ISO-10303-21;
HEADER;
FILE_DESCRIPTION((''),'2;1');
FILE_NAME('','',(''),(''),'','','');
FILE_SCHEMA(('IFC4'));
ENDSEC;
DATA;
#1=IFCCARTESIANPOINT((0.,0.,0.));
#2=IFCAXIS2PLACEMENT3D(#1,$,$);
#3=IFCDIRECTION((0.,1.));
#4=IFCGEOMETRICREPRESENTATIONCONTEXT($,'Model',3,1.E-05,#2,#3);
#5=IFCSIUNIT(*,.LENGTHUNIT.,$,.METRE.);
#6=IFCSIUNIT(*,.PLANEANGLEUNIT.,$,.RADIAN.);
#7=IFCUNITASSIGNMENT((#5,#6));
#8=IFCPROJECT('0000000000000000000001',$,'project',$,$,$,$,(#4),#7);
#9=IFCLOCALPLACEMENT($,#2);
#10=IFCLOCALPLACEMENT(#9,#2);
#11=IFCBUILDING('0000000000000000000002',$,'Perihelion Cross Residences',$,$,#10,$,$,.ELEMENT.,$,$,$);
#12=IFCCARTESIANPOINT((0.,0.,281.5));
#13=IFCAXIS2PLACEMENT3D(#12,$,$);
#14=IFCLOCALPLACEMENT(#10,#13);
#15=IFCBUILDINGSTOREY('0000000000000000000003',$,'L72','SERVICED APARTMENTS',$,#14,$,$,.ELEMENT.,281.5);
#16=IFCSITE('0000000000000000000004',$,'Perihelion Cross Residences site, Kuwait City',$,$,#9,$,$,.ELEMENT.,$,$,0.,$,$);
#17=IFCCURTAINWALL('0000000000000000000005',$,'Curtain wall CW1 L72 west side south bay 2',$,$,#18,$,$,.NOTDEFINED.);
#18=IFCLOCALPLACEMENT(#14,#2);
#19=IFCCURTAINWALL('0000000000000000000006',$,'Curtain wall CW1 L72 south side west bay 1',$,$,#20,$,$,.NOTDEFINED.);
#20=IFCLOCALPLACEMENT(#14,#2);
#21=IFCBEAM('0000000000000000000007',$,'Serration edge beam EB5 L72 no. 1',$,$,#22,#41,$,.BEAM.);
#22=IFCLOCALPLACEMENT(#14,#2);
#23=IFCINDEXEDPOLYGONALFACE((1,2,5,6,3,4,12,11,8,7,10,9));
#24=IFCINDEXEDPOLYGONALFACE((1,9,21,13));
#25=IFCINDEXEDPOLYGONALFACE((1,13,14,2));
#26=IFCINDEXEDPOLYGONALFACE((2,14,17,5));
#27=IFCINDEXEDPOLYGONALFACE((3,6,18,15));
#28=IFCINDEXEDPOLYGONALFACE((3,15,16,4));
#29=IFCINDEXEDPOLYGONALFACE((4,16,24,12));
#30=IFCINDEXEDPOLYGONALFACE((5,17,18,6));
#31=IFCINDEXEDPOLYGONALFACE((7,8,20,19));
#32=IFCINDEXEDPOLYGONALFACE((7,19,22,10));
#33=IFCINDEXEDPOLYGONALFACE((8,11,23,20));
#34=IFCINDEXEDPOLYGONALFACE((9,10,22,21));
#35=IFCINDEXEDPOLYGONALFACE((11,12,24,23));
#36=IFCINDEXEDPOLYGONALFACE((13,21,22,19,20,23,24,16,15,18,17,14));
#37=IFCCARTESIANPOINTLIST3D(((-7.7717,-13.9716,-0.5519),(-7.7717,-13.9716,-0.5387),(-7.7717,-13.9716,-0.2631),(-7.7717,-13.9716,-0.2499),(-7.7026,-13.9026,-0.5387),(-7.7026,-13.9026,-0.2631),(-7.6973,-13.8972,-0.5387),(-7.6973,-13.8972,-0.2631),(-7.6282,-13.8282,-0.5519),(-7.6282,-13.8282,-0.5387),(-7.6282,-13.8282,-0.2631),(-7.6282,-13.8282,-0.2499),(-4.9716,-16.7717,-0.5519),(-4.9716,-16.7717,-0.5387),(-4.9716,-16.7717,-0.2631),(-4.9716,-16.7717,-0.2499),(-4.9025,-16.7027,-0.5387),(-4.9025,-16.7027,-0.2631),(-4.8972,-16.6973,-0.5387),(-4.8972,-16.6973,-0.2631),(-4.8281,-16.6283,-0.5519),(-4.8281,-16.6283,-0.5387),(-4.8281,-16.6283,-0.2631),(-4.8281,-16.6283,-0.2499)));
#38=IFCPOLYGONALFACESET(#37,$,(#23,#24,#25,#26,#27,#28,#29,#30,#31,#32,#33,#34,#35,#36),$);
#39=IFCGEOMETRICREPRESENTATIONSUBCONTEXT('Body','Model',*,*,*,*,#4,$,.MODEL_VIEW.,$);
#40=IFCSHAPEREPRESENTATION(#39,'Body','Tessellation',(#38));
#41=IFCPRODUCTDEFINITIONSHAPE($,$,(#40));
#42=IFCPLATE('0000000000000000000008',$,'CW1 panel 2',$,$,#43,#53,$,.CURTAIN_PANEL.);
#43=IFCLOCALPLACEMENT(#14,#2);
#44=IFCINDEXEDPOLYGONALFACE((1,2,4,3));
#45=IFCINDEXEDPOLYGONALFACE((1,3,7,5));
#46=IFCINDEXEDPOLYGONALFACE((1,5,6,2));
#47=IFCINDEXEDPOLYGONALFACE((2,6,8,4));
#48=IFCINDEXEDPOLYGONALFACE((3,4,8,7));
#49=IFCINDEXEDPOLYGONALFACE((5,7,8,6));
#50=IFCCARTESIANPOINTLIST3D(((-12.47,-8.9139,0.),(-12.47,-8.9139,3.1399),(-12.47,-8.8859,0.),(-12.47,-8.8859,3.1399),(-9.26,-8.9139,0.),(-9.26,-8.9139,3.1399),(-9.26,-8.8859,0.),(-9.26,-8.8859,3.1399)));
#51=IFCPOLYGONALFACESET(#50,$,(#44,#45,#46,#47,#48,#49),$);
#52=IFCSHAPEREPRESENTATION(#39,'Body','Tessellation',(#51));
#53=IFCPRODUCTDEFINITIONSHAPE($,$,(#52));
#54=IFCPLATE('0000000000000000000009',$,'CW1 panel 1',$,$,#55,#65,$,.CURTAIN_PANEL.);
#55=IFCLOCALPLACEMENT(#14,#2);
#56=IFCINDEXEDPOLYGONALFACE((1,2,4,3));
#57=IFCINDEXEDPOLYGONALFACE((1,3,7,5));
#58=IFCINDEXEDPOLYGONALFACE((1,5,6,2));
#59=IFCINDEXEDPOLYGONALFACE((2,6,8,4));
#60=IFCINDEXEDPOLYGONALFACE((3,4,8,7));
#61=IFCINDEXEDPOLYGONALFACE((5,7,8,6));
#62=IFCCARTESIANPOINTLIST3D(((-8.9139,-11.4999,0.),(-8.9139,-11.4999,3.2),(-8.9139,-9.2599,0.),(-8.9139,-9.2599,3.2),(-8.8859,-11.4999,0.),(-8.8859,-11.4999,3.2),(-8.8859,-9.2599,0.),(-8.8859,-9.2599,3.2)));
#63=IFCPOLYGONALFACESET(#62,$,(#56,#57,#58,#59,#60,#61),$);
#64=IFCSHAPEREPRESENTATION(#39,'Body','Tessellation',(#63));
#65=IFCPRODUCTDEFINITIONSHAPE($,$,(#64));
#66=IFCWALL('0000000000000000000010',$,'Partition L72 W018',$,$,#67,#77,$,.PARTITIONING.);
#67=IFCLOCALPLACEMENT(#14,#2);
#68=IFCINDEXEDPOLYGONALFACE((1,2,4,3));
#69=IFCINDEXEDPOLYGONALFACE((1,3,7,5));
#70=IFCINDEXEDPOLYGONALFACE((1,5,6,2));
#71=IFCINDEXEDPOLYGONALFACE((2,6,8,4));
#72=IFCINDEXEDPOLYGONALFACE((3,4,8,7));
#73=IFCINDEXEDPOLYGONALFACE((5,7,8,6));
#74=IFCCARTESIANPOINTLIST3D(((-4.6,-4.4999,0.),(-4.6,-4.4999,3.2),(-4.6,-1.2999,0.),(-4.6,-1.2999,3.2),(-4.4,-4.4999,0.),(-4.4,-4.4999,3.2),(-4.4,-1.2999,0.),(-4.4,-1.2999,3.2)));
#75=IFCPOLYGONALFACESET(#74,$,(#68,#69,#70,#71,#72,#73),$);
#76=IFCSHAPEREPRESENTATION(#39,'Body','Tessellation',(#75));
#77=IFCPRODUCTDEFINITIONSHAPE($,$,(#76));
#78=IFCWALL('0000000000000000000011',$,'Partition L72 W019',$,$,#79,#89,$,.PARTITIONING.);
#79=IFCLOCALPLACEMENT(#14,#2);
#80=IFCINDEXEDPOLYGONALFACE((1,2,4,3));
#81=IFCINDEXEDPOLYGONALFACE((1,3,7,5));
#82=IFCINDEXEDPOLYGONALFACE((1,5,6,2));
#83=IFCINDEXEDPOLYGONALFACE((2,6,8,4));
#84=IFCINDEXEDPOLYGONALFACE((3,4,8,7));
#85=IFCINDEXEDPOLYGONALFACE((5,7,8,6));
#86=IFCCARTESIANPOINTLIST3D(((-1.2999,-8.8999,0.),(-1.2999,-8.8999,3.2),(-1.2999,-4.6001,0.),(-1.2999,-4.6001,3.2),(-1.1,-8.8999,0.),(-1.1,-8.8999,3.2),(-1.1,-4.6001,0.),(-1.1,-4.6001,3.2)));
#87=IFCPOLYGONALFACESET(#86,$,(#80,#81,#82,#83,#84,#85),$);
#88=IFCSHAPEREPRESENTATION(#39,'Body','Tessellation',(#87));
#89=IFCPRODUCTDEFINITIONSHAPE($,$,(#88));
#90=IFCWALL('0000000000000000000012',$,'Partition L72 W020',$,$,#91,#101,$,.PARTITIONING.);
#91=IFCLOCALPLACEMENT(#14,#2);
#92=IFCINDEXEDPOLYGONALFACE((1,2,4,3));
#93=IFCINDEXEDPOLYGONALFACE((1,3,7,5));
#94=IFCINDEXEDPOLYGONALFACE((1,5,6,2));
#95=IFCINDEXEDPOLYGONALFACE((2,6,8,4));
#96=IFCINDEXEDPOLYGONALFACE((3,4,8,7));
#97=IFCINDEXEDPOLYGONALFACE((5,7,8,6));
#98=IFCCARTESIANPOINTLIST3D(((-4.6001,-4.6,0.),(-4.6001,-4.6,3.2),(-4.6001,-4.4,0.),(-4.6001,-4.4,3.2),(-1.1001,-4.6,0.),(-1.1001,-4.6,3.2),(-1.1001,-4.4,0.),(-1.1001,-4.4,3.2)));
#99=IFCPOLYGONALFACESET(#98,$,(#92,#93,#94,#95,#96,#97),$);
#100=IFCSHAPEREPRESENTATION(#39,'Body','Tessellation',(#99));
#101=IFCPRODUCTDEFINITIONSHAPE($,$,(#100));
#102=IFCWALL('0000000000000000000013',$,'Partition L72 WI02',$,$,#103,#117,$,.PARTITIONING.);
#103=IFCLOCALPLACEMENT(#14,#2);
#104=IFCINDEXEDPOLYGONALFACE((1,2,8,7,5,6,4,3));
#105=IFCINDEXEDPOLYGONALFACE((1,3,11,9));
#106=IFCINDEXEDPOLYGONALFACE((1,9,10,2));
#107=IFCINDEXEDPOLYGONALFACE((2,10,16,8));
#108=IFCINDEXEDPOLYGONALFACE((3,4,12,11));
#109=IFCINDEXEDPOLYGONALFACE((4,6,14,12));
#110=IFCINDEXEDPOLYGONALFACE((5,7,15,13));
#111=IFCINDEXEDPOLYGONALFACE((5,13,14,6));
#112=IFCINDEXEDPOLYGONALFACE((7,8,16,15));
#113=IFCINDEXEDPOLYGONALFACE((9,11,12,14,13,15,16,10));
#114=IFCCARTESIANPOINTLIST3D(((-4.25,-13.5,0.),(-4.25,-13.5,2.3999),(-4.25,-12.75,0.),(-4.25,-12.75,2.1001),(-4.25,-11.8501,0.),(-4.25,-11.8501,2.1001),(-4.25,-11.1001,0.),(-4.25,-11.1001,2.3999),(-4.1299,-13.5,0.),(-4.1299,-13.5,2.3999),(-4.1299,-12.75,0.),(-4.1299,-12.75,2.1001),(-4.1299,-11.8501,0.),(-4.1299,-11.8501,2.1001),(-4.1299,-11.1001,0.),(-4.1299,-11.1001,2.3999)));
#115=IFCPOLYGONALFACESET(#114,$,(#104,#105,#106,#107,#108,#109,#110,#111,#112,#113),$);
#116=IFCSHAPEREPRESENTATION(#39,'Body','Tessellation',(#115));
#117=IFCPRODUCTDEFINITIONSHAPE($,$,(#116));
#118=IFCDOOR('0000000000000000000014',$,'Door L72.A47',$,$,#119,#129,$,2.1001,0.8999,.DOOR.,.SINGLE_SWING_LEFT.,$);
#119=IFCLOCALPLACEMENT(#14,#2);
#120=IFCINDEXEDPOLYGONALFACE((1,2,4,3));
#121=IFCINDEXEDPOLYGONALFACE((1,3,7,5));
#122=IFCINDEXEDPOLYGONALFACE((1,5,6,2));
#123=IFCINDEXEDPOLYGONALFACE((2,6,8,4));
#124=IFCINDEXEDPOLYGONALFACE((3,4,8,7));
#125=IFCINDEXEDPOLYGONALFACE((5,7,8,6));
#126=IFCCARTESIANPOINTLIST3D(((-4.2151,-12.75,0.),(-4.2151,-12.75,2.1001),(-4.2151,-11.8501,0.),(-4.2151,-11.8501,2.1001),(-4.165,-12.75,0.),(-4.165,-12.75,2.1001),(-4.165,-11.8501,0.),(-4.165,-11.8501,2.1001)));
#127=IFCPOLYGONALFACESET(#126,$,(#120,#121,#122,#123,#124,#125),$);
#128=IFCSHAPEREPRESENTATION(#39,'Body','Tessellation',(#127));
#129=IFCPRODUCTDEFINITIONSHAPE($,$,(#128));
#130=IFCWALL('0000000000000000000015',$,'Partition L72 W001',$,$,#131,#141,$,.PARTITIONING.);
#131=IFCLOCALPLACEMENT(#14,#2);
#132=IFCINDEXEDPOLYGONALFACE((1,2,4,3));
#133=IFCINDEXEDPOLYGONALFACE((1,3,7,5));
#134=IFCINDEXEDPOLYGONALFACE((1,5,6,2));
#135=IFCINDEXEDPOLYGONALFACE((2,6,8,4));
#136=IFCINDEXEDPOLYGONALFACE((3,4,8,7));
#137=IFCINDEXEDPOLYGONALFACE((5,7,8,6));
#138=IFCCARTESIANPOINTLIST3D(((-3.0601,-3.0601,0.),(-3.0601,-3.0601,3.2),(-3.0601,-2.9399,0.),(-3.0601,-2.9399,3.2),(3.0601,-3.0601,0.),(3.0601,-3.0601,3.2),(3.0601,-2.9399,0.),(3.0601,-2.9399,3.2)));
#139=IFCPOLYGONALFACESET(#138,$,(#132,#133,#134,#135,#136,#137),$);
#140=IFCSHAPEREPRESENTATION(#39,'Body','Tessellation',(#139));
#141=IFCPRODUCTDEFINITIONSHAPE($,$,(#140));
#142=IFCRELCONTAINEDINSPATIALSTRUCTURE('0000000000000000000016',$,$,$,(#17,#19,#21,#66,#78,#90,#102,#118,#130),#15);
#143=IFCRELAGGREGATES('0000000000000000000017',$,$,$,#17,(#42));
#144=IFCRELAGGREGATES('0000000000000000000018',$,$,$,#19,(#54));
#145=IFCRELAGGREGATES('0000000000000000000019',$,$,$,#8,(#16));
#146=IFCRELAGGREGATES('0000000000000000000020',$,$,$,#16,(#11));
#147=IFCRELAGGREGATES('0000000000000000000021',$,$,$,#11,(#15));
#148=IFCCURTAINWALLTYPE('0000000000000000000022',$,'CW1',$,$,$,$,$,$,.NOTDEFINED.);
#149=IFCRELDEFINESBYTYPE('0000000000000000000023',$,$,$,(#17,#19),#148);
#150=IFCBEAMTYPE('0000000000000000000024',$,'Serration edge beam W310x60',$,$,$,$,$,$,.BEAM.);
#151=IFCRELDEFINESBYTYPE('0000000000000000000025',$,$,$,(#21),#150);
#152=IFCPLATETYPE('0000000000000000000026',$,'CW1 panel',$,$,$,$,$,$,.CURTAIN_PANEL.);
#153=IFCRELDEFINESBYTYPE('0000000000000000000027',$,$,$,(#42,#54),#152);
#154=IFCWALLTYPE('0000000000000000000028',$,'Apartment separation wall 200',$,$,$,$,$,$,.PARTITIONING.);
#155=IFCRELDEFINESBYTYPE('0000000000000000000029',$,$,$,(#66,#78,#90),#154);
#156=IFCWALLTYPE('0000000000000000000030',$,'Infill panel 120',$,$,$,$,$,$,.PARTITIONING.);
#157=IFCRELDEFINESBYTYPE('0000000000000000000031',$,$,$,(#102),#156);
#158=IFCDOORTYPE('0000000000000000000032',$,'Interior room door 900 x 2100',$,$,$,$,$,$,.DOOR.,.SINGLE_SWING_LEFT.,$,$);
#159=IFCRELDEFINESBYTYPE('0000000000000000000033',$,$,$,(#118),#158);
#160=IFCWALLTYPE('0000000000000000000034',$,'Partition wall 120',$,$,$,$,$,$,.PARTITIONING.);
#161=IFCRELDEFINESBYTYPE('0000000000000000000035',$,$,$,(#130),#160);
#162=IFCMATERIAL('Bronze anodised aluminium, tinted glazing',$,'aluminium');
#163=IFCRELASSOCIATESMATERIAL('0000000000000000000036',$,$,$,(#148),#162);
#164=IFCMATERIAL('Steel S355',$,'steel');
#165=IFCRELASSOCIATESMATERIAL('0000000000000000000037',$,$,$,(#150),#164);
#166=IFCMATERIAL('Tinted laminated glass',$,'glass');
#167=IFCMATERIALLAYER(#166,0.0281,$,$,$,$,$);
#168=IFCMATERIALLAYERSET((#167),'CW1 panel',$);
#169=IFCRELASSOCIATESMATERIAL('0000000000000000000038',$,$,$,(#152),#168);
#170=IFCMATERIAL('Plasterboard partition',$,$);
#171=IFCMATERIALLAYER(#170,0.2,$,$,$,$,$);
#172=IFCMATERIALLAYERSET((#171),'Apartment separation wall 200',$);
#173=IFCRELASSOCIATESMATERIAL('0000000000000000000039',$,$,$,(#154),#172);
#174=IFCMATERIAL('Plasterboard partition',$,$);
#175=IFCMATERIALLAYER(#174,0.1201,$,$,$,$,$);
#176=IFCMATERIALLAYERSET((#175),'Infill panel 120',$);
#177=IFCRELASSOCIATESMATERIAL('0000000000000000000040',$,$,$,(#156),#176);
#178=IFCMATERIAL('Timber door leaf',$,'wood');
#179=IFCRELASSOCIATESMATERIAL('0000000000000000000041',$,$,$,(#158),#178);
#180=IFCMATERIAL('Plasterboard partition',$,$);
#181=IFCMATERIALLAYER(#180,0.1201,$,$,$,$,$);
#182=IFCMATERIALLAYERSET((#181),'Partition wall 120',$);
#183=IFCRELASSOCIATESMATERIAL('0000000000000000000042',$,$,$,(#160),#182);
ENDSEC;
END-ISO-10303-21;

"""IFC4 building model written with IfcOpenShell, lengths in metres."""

from ifc_helpers import new_model, si_unit, direction, frame, frame_2d, origin, origin_2d, place, context, subcontext, project, spatial, rectangle, i_section, extrude, material, layer, layer_set, material_profile, profile_set, type_object, element, fill, aggregate, save


model = new_model("IFC4")

# Units and contexts
model_context = context("Model", 3, precision=1e-05, world=origin(), true_north=direction((0.0, 1.0)))
body_context = subcontext(model_context, "Body", "Model", "MODEL_VIEW")
ifc_project = project(units=[si_unit("LENGTHUNIT", "METRE"), si_unit("PLANEANGLEUNIT", "RADIAN")], contexts=[model_context])

# Site, building, storey
site_placement = place(None, origin())
site = spatial("IfcSite", under=ifc_project, at=site_placement, Name="Perihelion Cross Residences site, Kuwait City", CompositionType="ELEMENT", RefElevation=0.0)
building_placement = place(site_placement, origin())
building = spatial("IfcBuilding", under=site, at=building_placement, Name="Perihelion Cross Residences", CompositionType="ELEMENT")
storey_placement = place(building_placement, frame((0.0, 0.0, 281.5)))
storey = spatial("IfcBuildingStorey", under=building, at=storey_placement, Name="L72", Description="SERVICED APARTMENTS", CompositionType="ELEMENT", Elevation=281.5)

# Curtain walls
ifc_material_1 = material(Name="Bronze anodised aluminium, tinted glazing", Category="aluminium")
curtain_wall_type = type_object("IfcCurtainWallType", Name="CW1", PredefinedType="NOTDEFINED", material=ifc_material_1)
curtain_wall_1_placement = place(storey_placement, origin())
curtain_wall_1 = element("IfcCurtainWall", 1, at=curtain_wall_1_placement, inside=storey, type_object=curtain_wall_type, Name="Curtain wall CW1 L72 west side south bay 2", PredefinedType="NOTDEFINED")
curtain_wall_2_placement = place(storey_placement, origin())
curtain_wall_2 = element("IfcCurtainWall", 2, at=curtain_wall_2_placement, inside=storey, type_object=curtain_wall_type, Name="Curtain wall CW1 L72 south side west bay 1", PredefinedType="NOTDEFINED")

# Beam
ifc_material_2 = material(Name="Steel S355", Category="steel")
ifc_material_profile_1 = material_profile(ifc_material_2, i_section(OverallWidth=0.2029, OverallDepth=0.302, WebThickness=0.0076, FlangeThickness=0.0132, at=origin_2d()), Name="W310x60")
ifc_profile_set_1 = profile_set([ifc_material_profile_1], Name="Steel S355")
beam_type_1 = type_object("IfcBeamType", Name="Serration edge beam W310x60", PredefinedType="BEAM", material=ifc_profile_set_1)
beam_1_placement = place(storey_placement, frame((-7.7, -13.8999, -0.4009), z_axis=(0.707107, -0.707107, 0.0), x_axis=(0.707107, 0.707107, 0.0)))
element("IfcBeam", 3, at=beam_1_placement, inside=storey, type_object=beam_type_1, Name="Serration edge beam EB5 L72 no. 1", PredefinedType="BEAM", context=body_context, shape_type="SweptSolid", body=[
    extrude(i_section(OverallWidth=0.2029, OverallDepth=0.302, WebThickness=0.0076, FlangeThickness=0.0132, at=origin_2d()), origin(), (0.0, 0.0, 1.0), 3.96),
])

# Plates
ifc_material_3 = material(Name="Tinted laminated glass", Category="glass")
ifc_layer_1 = layer(ifc_material_3, 0.0281)
ifc_layer_set_1 = layer_set([ifc_layer_1], Name="CW1 panel")
plate_type = type_object("IfcPlateType", Name="CW1 panel", PredefinedType="CURTAIN_PANEL", material=ifc_layer_set_1)
plate_1_placement = place(storey_placement, frame((-10.865, -8.8999, 0.0), z_axis=(0.0, 0.0, 1.0), x_axis=(1.0, 0.0, 0.0)))
plate_1 = element("IfcPlate", 4, at=plate_1_placement, type_object=plate_type, Name="CW1 panel 2", PredefinedType="CURTAIN_PANEL", context=body_context, shape_type="SweptSolid", body=[
    extrude(rectangle(XDim=3.21, YDim=0.0281, at=origin_2d()), origin(), (0.0, 0.0, 1.0), 3.1399),
])
aggregate(curtain_wall_1, [plate_1])
plate_2_placement = place(storey_placement, frame((-8.8999, -10.3799, 0.0), z_axis=(0.0, 0.0, 1.0), x_axis=(0.0, -1.0, 0.0)))
plate_2 = element("IfcPlate", 5, at=plate_2_placement, type_object=plate_type, Name="CW1 panel 1", PredefinedType="CURTAIN_PANEL", context=body_context, shape_type="SweptSolid", body=[
    extrude(rectangle(XDim=2.24, YDim=0.0281, at=origin_2d()), origin(), (0.0, 0.0, 1.0), 3.2),
])
aggregate(curtain_wall_2, [plate_2])

# Walls
ifc_material_4 = material(Name="Plasterboard partition")
ifc_layer_2 = layer(ifc_material_4, 0.2)
ifc_layer_set_2 = layer_set([ifc_layer_2], Name="Apartment separation wall 200")
wall_type_1 = type_object("IfcWallType", Name="Apartment separation wall 200", PredefinedType="PARTITIONING", material=ifc_layer_set_2)
wall_1_placement = place(storey_placement, frame((-4.5, -4.5, 0.0), z_axis=(0.0, 0.0, 1.0), x_axis=(0.0, 1.0, 0.0)))
element("IfcWall", 6, at=wall_1_placement, inside=storey, type_object=wall_type_1, Name="Partition L72 W018", PredefinedType="PARTITIONING", context=body_context, shape_type="SweptSolid", body=[
    extrude(rectangle(XDim=3.2, YDim=0.2, at=frame_2d((1.6001, 0.0))), origin(), (0.0, 0.0, 1.0), 3.2),
])
wall_2_placement = place(storey_placement, frame((-1.2, -8.8999, 0.0), z_axis=(0.0, 0.0, 1.0), x_axis=(0.0, 1.0, 0.0)))
element("IfcWall", 7, at=wall_2_placement, inside=storey, type_object=wall_type_1, Name="Partition L72 W019", PredefinedType="PARTITIONING", context=body_context, shape_type="SweptSolid", body=[
    extrude(rectangle(XDim=4.2998, YDim=0.2, at=frame_2d((2.1499, 0.0))), origin(), (0.0, 0.0, 1.0), 3.2),
])
wall_3_placement = place(storey_placement, frame((-1.1001, -4.5, 0.0), z_axis=(0.0, 0.0, 1.0), x_axis=(-1.0, 0.0, 0.0)))
element("IfcWall", 8, at=wall_3_placement, inside=storey, type_object=wall_type_1, Name="Partition L72 W020", PredefinedType="PARTITIONING", context=body_context, shape_type="SweptSolid", body=[
    extrude(rectangle(XDim=3.5, YDim=0.2, at=frame_2d((1.75, 0.0))), origin(), (0.0, 0.0, 1.0), 3.2),
])

# Wall, opening, door
ifc_material_5 = material(Name="Plasterboard partition")
ifc_layer_3 = layer(ifc_material_5, 0.1201)
ifc_layer_set_3 = layer_set([ifc_layer_3], Name="Infill panel 120")
wall_type_2 = type_object("IfcWallType", Name="Infill panel 120", PredefinedType="PARTITIONING", material=ifc_layer_set_3)
wall_4_placement = place(storey_placement, frame((-4.1899, -11.1001, 0.0), z_axis=(0.0, 0.0, 1.0), x_axis=(0.0, -1.0, 0.0)))
wall_4 = element("IfcWall", 9, at=wall_4_placement, inside=storey, type_object=wall_type_2, Name="Partition L72 WI02", PredefinedType="PARTITIONING", context=body_context, shape_type="SweptSolid", body=[
    extrude(rectangle(XDim=2.3999, YDim=0.1201, at=frame_2d((1.2, 0.0))), origin(), (0.0, 0.0, 1.0), 2.3999),
])
opening_1_placement = place(wall_4_placement, frame((0.75, 0.0, 0.0)))
opening_1 = element("IfcOpeningElement", 10, at=opening_1_placement, cuts=wall_4, PredefinedType="OPENING", context=body_context, shape_type="SweptSolid", body=[
    extrude(rectangle(XDim=0.8999, YDim=2.1001, at=frame_2d((0.45, 1.05))), frame((0.0, 0.0701, 0.0), z_axis=(0.0, -1.0, 0.0), x_axis=(1.0, 0.0, 0.0)), (0.0, 0.0, 1.0), 0.1401),
])
ifc_material_6 = material(Name="Timber door leaf", Category="wood")
door_type_1 = type_object("IfcDoorType", Name="Interior room door 900 x 2100", OperationType="SINGLE_SWING_LEFT", PredefinedType="DOOR", material=ifc_material_6)
door_1_placement = place(opening_1_placement, origin())
door_1 = element("IfcDoor", 11, at=door_1_placement, inside=storey, type_object=door_type_1, Name="Door L72.A47", OperationType="SINGLE_SWING_LEFT", OverallHeight=2.1001, OverallWidth=0.8999, PredefinedType="DOOR", context=body_context, shape_type="SweptSolid", body=[
    extrude(rectangle(XDim=0.8999, YDim=2.1001, at=frame_2d((0.45, 1.05))), frame((0.0, 0.0249, 0.0), z_axis=(0.0, -1.0, 0.0), x_axis=(1.0, 0.0, 0.0)), (0.0, 0.0, 1.0), 0.05),
])
fill(opening_1, door_1)

# Wall
ifc_material_7 = material(Name="Plasterboard partition")
ifc_layer_4 = layer(ifc_material_7, 0.1201)
ifc_layer_set_4 = layer_set([ifc_layer_4], Name="Partition wall 120")
wall_type_3 = type_object("IfcWallType", Name="Partition wall 120", PredefinedType="PARTITIONING", material=ifc_layer_set_4)
wall_5_placement = place(storey_placement, frame((-3.0601, -3.0, 0.0), z_axis=(0.0, 0.0, 1.0), x_axis=(1.0, 0.0, 0.0)))
element("IfcWall", 12, at=wall_5_placement, inside=storey, type_object=wall_type_3, Name="Partition L72 W001", PredefinedType="PARTITIONING", context=body_context, shape_type="SweptSolid", body=[
    extrude(rectangle(XDim=6.1201, YDim=0.1201, at=frame_2d((3.0601, 0.0))), origin(), (0.0, 0.0, 1.0), 3.2),
])

save(model, "model.ifc")
